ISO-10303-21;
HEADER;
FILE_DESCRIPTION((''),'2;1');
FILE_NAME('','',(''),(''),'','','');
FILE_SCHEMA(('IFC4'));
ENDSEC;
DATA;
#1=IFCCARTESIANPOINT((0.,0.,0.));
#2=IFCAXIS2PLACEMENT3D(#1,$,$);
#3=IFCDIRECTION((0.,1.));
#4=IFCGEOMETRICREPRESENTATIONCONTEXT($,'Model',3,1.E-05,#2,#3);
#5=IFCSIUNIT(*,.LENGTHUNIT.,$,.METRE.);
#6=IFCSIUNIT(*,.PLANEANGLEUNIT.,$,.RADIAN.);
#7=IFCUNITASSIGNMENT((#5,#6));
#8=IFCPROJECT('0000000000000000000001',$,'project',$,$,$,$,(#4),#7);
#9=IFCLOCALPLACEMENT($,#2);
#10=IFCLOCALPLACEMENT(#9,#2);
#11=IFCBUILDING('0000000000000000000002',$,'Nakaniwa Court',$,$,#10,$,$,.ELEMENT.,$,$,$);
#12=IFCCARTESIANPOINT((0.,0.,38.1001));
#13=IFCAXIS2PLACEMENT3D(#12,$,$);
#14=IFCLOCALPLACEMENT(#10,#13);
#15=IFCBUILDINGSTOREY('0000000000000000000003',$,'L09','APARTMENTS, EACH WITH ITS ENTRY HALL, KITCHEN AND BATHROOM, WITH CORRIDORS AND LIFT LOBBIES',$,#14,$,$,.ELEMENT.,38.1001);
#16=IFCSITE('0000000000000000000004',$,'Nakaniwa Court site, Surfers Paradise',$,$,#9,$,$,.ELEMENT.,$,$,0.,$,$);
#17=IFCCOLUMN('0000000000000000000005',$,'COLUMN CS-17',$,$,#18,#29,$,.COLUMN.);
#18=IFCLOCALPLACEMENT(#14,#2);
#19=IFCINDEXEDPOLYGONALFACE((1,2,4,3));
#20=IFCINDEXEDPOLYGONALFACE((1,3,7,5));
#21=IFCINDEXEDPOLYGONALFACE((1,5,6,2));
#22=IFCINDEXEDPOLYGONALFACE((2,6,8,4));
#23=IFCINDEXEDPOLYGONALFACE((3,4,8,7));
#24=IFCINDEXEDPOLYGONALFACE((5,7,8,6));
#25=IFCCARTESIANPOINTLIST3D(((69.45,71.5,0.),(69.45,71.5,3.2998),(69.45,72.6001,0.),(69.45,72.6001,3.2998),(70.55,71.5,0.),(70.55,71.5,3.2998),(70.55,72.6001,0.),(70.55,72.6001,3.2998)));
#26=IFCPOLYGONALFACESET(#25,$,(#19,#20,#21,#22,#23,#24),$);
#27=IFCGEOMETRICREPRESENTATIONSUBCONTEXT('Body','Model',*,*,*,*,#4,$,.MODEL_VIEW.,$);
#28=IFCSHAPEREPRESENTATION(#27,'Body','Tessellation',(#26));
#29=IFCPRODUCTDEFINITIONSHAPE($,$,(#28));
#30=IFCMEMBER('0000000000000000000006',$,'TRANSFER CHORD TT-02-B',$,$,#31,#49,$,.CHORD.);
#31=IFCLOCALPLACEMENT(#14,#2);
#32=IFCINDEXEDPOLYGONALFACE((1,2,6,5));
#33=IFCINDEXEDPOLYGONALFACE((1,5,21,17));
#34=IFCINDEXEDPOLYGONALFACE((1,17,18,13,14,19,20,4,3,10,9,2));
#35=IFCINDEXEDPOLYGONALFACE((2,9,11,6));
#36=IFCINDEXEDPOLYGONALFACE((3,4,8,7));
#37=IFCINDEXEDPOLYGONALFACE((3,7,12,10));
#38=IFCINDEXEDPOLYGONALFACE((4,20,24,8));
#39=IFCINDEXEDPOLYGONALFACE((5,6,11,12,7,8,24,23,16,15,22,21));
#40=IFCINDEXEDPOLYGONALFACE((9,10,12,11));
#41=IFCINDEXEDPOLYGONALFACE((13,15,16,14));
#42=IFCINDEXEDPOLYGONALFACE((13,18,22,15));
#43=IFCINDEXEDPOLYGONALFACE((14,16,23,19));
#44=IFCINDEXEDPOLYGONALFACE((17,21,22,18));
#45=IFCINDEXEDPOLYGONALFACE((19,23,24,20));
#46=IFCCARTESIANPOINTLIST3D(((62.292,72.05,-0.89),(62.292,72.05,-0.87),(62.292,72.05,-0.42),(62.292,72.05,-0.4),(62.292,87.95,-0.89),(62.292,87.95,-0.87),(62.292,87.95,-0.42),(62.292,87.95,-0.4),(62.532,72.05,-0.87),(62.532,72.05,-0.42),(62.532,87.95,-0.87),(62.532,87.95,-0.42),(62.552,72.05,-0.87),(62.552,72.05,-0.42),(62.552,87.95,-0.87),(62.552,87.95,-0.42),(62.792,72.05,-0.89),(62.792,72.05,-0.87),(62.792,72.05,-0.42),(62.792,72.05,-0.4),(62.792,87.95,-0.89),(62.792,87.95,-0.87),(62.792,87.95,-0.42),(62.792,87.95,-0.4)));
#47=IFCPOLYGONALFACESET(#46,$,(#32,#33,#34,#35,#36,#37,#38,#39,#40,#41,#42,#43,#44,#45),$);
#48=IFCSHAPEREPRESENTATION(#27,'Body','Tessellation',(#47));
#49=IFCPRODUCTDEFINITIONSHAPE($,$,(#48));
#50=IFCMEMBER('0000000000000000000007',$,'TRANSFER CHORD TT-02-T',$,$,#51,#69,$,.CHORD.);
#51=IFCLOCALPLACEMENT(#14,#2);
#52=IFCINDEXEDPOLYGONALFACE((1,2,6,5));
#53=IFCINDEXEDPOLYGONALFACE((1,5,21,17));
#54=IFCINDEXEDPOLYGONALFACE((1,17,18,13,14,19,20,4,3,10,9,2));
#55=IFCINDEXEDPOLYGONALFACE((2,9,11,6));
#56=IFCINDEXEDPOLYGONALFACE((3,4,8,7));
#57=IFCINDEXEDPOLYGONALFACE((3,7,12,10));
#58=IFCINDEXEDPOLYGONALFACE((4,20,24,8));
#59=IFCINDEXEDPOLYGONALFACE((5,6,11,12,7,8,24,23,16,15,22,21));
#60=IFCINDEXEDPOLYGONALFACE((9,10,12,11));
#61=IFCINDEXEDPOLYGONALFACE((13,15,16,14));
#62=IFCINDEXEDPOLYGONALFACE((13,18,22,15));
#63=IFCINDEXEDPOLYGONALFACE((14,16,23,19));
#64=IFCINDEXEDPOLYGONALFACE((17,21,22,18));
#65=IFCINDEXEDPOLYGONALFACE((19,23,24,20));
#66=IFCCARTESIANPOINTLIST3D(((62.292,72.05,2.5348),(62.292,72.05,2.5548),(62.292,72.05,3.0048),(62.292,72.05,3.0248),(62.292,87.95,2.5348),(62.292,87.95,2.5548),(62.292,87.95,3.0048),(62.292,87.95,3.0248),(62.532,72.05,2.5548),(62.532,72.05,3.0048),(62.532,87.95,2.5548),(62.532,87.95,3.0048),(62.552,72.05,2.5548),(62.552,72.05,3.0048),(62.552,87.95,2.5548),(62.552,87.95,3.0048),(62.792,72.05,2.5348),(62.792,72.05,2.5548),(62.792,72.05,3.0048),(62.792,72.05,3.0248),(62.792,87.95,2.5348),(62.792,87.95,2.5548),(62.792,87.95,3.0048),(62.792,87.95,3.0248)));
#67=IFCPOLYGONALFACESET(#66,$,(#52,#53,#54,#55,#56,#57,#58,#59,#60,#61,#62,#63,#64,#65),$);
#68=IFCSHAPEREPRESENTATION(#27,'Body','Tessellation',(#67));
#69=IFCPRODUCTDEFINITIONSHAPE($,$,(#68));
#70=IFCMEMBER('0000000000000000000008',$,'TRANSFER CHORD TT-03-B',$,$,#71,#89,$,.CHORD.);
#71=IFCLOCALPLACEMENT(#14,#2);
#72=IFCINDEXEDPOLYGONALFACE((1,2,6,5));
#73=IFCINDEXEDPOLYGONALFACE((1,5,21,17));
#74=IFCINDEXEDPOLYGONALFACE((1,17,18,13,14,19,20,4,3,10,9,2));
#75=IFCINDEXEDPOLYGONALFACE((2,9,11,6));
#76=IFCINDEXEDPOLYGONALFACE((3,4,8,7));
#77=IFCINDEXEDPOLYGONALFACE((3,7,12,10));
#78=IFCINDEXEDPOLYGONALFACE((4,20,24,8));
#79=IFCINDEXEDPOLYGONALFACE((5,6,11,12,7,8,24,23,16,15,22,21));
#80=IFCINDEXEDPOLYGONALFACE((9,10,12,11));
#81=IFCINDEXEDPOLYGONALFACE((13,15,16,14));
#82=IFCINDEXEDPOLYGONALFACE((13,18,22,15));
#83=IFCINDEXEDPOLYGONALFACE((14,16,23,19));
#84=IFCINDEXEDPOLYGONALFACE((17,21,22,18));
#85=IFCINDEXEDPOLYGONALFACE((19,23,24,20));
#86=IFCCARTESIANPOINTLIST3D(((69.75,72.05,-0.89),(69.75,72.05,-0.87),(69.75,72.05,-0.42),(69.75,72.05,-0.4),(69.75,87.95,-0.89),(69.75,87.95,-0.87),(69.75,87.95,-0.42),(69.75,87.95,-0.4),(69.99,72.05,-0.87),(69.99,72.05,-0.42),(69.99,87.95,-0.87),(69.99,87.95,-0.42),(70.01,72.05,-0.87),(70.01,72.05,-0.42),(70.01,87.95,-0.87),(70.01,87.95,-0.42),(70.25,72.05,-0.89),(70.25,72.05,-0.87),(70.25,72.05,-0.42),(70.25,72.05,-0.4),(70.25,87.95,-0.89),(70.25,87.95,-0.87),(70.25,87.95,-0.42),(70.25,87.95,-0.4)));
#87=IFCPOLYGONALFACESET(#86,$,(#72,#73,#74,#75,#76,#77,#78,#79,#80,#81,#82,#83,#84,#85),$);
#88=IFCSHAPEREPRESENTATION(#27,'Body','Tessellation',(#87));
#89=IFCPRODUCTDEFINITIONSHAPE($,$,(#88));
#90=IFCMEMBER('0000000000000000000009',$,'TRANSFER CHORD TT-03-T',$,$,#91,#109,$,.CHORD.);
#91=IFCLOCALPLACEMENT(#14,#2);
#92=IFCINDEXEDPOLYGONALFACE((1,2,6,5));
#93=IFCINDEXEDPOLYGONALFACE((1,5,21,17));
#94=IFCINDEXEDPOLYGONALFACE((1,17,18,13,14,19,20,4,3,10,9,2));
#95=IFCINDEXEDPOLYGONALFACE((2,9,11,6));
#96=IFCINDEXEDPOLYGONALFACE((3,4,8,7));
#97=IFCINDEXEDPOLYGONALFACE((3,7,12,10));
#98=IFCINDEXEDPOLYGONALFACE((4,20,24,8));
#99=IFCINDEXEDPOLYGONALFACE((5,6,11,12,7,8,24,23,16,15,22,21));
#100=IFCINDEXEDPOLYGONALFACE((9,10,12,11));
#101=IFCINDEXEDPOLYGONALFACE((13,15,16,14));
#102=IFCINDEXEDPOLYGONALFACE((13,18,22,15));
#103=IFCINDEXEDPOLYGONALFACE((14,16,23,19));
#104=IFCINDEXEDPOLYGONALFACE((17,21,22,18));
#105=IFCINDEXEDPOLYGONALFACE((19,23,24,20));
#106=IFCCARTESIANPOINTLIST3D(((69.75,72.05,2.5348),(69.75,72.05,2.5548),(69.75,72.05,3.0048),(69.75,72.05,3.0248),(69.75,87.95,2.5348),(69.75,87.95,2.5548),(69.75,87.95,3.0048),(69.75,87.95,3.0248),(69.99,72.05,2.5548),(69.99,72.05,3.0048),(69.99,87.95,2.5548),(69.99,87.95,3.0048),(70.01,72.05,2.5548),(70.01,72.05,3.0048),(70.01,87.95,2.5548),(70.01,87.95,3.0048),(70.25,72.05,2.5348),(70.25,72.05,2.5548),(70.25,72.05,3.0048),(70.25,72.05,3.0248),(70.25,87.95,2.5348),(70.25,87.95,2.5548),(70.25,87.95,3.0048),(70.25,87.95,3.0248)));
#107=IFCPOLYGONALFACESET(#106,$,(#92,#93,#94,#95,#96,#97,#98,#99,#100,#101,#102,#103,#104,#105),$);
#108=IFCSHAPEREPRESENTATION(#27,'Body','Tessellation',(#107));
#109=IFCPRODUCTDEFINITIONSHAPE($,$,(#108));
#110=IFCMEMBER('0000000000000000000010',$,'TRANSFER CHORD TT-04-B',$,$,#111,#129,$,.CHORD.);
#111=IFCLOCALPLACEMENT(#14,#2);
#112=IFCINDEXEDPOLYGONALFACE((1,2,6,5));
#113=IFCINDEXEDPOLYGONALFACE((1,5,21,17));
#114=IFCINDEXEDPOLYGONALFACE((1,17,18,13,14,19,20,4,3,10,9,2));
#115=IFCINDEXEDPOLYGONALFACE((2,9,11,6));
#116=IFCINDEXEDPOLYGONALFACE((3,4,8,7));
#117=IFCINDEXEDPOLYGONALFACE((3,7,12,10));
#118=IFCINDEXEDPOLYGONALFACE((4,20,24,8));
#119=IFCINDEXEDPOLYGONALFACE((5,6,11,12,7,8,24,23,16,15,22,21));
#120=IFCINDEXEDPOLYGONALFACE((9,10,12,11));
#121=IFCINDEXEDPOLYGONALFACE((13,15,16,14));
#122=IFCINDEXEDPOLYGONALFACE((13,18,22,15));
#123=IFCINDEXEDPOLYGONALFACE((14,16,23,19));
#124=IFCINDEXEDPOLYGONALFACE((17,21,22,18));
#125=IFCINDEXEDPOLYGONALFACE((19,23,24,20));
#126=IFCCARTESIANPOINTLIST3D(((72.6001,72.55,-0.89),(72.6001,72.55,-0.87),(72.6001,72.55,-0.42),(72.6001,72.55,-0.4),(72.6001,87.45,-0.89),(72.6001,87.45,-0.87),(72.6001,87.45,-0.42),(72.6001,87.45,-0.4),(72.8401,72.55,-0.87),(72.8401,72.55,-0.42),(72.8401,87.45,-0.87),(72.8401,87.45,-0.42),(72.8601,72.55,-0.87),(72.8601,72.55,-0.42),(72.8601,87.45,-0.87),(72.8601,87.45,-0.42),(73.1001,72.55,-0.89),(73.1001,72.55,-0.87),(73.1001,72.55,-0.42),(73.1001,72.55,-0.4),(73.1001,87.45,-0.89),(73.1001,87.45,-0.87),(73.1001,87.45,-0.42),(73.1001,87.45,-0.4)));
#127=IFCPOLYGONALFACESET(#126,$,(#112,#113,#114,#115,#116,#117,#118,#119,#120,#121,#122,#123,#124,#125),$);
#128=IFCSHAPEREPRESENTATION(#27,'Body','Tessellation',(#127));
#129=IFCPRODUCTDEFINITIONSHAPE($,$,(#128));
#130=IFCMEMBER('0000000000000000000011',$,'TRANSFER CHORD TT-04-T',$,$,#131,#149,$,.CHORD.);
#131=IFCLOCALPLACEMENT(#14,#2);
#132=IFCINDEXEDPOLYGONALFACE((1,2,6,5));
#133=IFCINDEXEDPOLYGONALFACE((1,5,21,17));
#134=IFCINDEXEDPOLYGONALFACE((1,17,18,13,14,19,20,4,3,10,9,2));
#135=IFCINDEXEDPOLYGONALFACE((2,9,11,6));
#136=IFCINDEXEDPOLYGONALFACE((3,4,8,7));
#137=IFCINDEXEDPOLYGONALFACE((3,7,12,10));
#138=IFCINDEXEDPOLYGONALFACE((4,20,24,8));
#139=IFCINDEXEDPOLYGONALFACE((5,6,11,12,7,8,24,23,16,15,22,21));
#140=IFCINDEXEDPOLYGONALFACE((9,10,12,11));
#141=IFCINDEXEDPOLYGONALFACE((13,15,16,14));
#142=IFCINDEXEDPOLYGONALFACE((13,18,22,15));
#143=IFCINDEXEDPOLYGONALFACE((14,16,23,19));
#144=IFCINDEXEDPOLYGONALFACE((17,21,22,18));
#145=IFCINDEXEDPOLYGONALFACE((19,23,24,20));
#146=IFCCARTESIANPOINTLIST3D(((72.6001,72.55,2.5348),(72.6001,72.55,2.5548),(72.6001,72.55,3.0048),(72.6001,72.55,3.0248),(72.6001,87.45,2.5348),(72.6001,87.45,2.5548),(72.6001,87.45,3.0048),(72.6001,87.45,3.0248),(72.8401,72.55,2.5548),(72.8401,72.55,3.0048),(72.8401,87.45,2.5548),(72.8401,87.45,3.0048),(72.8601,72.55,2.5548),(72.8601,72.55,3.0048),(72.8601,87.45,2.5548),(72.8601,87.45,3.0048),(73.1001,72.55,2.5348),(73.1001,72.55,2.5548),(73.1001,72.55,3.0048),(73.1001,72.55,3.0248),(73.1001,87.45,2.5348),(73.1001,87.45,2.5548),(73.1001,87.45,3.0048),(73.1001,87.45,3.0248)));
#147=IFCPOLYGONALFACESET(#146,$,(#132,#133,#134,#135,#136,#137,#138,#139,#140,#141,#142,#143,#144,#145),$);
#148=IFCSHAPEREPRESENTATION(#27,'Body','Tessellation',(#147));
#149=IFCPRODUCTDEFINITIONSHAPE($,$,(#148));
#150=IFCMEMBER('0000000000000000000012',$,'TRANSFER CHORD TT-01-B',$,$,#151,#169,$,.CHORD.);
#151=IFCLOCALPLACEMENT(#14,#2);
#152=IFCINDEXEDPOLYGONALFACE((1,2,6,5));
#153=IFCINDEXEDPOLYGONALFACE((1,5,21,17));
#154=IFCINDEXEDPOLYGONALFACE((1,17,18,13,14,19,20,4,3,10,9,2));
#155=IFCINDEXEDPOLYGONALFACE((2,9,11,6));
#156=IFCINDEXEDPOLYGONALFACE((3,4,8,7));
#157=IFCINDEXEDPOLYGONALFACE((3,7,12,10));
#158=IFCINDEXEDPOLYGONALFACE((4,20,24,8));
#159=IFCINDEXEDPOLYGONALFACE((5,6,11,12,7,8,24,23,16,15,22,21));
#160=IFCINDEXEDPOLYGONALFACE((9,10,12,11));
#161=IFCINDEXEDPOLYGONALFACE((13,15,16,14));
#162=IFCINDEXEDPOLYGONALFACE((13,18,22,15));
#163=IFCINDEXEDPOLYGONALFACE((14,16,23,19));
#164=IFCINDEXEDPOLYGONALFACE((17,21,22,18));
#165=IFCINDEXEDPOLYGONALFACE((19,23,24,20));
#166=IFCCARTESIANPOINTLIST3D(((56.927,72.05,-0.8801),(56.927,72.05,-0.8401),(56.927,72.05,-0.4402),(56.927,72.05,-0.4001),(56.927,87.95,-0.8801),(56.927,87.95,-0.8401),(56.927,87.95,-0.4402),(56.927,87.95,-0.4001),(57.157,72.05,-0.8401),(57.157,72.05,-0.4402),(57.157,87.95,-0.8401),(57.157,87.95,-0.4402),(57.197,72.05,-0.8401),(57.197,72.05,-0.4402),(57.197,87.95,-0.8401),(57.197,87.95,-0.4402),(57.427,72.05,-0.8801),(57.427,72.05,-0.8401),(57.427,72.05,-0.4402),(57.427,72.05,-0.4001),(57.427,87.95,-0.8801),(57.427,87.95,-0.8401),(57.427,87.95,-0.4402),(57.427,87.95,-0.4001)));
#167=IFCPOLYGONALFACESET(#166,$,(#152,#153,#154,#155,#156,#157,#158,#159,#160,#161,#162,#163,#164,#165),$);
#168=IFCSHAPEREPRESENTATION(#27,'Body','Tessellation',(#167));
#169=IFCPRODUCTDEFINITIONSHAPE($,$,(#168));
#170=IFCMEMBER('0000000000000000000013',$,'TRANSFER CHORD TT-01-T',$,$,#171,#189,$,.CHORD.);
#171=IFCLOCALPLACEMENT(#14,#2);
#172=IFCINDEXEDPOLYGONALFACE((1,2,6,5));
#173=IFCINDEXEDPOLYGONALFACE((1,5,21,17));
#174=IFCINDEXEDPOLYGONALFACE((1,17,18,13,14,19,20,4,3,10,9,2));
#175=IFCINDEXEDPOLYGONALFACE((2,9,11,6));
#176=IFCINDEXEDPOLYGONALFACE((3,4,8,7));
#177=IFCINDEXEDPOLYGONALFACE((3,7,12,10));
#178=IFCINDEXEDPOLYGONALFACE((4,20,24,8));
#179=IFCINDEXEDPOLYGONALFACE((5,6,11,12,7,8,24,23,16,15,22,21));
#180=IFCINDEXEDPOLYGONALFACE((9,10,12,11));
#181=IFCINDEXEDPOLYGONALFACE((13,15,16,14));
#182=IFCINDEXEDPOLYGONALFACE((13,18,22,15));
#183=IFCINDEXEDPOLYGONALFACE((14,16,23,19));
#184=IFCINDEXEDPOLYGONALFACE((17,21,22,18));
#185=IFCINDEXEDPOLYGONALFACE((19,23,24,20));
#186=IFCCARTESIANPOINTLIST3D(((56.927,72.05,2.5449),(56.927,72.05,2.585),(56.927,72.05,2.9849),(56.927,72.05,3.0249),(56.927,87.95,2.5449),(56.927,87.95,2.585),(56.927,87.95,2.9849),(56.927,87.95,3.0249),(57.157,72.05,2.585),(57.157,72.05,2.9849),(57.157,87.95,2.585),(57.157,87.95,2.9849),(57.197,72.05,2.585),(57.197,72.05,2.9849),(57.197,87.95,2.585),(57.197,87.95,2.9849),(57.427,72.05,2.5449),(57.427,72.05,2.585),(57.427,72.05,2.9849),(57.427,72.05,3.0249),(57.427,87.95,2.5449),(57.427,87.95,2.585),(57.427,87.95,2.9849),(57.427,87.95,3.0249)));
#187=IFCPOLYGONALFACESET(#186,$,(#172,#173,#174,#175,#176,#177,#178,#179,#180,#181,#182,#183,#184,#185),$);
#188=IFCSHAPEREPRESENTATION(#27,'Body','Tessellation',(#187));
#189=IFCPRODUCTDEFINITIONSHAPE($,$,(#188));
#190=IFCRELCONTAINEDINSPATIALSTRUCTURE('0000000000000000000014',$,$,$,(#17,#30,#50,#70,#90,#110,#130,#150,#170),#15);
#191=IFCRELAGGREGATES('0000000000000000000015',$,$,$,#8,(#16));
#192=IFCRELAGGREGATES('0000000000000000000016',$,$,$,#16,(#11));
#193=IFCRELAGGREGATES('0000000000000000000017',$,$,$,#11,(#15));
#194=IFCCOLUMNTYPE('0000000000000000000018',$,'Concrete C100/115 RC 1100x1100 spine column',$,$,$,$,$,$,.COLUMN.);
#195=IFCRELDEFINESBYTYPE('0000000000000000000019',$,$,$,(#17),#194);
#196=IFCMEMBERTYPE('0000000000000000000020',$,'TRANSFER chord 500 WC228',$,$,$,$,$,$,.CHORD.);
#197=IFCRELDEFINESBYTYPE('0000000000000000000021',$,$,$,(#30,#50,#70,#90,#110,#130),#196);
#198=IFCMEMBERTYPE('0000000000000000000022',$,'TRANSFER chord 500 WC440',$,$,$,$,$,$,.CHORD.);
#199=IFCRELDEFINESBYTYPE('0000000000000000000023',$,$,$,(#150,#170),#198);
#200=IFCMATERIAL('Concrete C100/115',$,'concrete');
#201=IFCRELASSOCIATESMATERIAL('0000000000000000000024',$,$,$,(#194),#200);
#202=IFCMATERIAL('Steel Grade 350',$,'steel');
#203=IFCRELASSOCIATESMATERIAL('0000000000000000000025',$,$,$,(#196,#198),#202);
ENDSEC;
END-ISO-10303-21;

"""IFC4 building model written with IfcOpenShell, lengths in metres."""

from ifc_helpers import new_model, si_unit, direction, frame, origin, origin_2d, place, context, subcontext, project, spatial, rectangle, i_section, extrude, material, material_profile, profile_set, type_object, element, save


model = new_model("IFC4")

# Units and contexts
model_context = context("Model", 3, precision=1e-05, world=origin(), true_north=direction((0.0, 1.0)))
body_context = subcontext(model_context, "Body", "Model", "MODEL_VIEW")
ifc_project = project(units=[si_unit("LENGTHUNIT", "METRE"), si_unit("PLANEANGLEUNIT", "RADIAN")], contexts=[model_context])

# Site, building, storey
site_placement = place(None, origin())
site = spatial("IfcSite", under=ifc_project, at=site_placement, Name="Nakaniwa Court site, Surfers Paradise", CompositionType="ELEMENT", RefElevation=0.0)
building_placement = place(site_placement, origin())
building = spatial("IfcBuilding", under=site, at=building_placement, Name="Nakaniwa Court", CompositionType="ELEMENT")
storey_placement = place(building_placement, frame((0.0, 0.0, 38.1001)))
storey = spatial("IfcBuildingStorey", under=building, at=storey_placement, Name="L09", Description="APARTMENTS, EACH WITH ITS ENTRY HALL, KITCHEN AND BATHROOM, WITH CORRIDORS AND LIFT LOBBIES", CompositionType="ELEMENT", Elevation=38.1001)

# Column
ifc_material_1 = material(Name="Concrete C100/115", Category="concrete")
ifc_material_profile_1 = material_profile(ifc_material_1, rectangle(XDim=1.1001, YDim=1.1001, at=origin_2d()), Name="Concrete C100/115 RC 1100x1100 spine column")
ifc_profile_set_1 = profile_set([ifc_material_profile_1], Name="Concrete C100/115")
column_type = type_object("IfcColumnType", Name="Concrete C100/115 RC 1100x1100 spine column", PredefinedType="COLUMN", material=ifc_profile_set_1)
column_placement = place(storey_placement, frame((70.0, 72.05, 0.0), z_axis=(0.0, 0.0, 1.0), x_axis=(0.0, -1.0, 0.0)))
element("IfcColumn", 1, at=column_placement, inside=storey, type_object=column_type, Name="COLUMN CS-17", PredefinedType="COLUMN", context=body_context, shape_type="SweptSolid", body=[
    extrude(rectangle(XDim=1.1001, YDim=1.1001, at=origin_2d()), origin(), (0.0, 0.0, 1.0), 3.2998),
])

# Members
ifc_material_2 = material(Name="Steel Grade 350", Category="steel")
ifc_material_profile_2 = material_profile(ifc_material_2, i_section(OverallWidth=0.5, OverallDepth=0.49, WebThickness=0.02, FlangeThickness=0.02, at=origin_2d()), Name="500WC228")
ifc_profile_set_2 = profile_set([ifc_material_profile_2], Name="Steel Grade 350")
member_type_1 = type_object("IfcMemberType", Name="TRANSFER chord 500 WC228", PredefinedType="CHORD", material=ifc_profile_set_2)
for number, where, z_axis, x_axis, name in (
    (2, (62.542, 72.05, -0.645), (0.0, 1.0, 0.0), (-1.0, 0.0, 0.0), "TRANSFER CHORD TT-02-B"),
    (3, (62.542, 72.05, 2.7798), (0.0, 1.0, 0.0), (-1.0, 0.0, 0.0), "TRANSFER CHORD TT-02-T"),
    (4, (70.0, 72.05, -0.645), (0.0, 1.0, 0.0), (-1.0, 0.0, 0.0), "TRANSFER CHORD TT-03-B"),
    (5, (70.0, 72.05, 2.7798), (0.0, 1.0, 0.0), (-1.0, 0.0, 0.0), "TRANSFER CHORD TT-03-T"),
):
    element("IfcMember", number, at=place(storey_placement, frame(where, z_axis=z_axis, x_axis=x_axis)), inside=storey, type_object=member_type_1, Name=name, PredefinedType="CHORD", context=body_context, shape_type="SweptSolid", body=[
        extrude(i_section(OverallWidth=0.5, OverallDepth=0.49, WebThickness=0.02, FlangeThickness=0.02, at=origin_2d()), origin(), (0.0, 0.0, 1.0), 15.8999),
    ])
for number, where, z_axis, x_axis, name in (
    (6, (72.8501, 72.55, -0.645), (0.0, 1.0, 0.0), (-1.0, 0.0, 0.0), "TRANSFER CHORD TT-04-B"),
    (7, (72.8501, 72.55, 2.7798), (0.0, 1.0, 0.0), (-1.0, 0.0, 0.0), "TRANSFER CHORD TT-04-T"),
):
    element("IfcMember", number, at=place(storey_placement, frame(where, z_axis=z_axis, x_axis=x_axis)), inside=storey, type_object=member_type_1, Name=name, PredefinedType="CHORD", context=body_context, shape_type="SweptSolid", body=[
        extrude(i_section(OverallWidth=0.5, OverallDepth=0.49, WebThickness=0.02, FlangeThickness=0.02, at=origin_2d()), origin(), (0.0, 0.0, 1.0), 14.8999),
    ])
ifc_material_profile_3 = material_profile(ifc_material_2, i_section(OverallWidth=0.5, OverallDepth=0.48, WebThickness=0.04, FlangeThickness=0.04, at=origin_2d()), Name="500WC440")
ifc_profile_set_3 = profile_set([ifc_material_profile_3], Name="Steel Grade 350")
member_type_2 = type_object("IfcMemberType", Name="TRANSFER chord 500 WC440", PredefinedType="CHORD", material=ifc_profile_set_3)
for number, where, z_axis, x_axis, name in (
    (8, (57.177, 72.05, -0.6401), (0.0, 1.0, 0.0), (-1.0, 0.0, 0.0), "TRANSFER CHORD TT-01-B"),
    (9, (57.177, 72.05, 2.7849), (0.0, 1.0, 0.0), (-1.0, 0.0, 0.0), "TRANSFER CHORD TT-01-T"),
):
    element("IfcMember", number, at=place(storey_placement, frame(where, z_axis=z_axis, x_axis=x_axis)), inside=storey, type_object=member_type_2, Name=name, PredefinedType="CHORD", context=body_context, shape_type="SweptSolid", body=[
        extrude(i_section(OverallWidth=0.5, OverallDepth=0.48, WebThickness=0.04, FlangeThickness=0.04, at=origin_2d()), origin(), (0.0, 0.0, 1.0), 15.8999),
    ])

save(model, "model.ifc")
